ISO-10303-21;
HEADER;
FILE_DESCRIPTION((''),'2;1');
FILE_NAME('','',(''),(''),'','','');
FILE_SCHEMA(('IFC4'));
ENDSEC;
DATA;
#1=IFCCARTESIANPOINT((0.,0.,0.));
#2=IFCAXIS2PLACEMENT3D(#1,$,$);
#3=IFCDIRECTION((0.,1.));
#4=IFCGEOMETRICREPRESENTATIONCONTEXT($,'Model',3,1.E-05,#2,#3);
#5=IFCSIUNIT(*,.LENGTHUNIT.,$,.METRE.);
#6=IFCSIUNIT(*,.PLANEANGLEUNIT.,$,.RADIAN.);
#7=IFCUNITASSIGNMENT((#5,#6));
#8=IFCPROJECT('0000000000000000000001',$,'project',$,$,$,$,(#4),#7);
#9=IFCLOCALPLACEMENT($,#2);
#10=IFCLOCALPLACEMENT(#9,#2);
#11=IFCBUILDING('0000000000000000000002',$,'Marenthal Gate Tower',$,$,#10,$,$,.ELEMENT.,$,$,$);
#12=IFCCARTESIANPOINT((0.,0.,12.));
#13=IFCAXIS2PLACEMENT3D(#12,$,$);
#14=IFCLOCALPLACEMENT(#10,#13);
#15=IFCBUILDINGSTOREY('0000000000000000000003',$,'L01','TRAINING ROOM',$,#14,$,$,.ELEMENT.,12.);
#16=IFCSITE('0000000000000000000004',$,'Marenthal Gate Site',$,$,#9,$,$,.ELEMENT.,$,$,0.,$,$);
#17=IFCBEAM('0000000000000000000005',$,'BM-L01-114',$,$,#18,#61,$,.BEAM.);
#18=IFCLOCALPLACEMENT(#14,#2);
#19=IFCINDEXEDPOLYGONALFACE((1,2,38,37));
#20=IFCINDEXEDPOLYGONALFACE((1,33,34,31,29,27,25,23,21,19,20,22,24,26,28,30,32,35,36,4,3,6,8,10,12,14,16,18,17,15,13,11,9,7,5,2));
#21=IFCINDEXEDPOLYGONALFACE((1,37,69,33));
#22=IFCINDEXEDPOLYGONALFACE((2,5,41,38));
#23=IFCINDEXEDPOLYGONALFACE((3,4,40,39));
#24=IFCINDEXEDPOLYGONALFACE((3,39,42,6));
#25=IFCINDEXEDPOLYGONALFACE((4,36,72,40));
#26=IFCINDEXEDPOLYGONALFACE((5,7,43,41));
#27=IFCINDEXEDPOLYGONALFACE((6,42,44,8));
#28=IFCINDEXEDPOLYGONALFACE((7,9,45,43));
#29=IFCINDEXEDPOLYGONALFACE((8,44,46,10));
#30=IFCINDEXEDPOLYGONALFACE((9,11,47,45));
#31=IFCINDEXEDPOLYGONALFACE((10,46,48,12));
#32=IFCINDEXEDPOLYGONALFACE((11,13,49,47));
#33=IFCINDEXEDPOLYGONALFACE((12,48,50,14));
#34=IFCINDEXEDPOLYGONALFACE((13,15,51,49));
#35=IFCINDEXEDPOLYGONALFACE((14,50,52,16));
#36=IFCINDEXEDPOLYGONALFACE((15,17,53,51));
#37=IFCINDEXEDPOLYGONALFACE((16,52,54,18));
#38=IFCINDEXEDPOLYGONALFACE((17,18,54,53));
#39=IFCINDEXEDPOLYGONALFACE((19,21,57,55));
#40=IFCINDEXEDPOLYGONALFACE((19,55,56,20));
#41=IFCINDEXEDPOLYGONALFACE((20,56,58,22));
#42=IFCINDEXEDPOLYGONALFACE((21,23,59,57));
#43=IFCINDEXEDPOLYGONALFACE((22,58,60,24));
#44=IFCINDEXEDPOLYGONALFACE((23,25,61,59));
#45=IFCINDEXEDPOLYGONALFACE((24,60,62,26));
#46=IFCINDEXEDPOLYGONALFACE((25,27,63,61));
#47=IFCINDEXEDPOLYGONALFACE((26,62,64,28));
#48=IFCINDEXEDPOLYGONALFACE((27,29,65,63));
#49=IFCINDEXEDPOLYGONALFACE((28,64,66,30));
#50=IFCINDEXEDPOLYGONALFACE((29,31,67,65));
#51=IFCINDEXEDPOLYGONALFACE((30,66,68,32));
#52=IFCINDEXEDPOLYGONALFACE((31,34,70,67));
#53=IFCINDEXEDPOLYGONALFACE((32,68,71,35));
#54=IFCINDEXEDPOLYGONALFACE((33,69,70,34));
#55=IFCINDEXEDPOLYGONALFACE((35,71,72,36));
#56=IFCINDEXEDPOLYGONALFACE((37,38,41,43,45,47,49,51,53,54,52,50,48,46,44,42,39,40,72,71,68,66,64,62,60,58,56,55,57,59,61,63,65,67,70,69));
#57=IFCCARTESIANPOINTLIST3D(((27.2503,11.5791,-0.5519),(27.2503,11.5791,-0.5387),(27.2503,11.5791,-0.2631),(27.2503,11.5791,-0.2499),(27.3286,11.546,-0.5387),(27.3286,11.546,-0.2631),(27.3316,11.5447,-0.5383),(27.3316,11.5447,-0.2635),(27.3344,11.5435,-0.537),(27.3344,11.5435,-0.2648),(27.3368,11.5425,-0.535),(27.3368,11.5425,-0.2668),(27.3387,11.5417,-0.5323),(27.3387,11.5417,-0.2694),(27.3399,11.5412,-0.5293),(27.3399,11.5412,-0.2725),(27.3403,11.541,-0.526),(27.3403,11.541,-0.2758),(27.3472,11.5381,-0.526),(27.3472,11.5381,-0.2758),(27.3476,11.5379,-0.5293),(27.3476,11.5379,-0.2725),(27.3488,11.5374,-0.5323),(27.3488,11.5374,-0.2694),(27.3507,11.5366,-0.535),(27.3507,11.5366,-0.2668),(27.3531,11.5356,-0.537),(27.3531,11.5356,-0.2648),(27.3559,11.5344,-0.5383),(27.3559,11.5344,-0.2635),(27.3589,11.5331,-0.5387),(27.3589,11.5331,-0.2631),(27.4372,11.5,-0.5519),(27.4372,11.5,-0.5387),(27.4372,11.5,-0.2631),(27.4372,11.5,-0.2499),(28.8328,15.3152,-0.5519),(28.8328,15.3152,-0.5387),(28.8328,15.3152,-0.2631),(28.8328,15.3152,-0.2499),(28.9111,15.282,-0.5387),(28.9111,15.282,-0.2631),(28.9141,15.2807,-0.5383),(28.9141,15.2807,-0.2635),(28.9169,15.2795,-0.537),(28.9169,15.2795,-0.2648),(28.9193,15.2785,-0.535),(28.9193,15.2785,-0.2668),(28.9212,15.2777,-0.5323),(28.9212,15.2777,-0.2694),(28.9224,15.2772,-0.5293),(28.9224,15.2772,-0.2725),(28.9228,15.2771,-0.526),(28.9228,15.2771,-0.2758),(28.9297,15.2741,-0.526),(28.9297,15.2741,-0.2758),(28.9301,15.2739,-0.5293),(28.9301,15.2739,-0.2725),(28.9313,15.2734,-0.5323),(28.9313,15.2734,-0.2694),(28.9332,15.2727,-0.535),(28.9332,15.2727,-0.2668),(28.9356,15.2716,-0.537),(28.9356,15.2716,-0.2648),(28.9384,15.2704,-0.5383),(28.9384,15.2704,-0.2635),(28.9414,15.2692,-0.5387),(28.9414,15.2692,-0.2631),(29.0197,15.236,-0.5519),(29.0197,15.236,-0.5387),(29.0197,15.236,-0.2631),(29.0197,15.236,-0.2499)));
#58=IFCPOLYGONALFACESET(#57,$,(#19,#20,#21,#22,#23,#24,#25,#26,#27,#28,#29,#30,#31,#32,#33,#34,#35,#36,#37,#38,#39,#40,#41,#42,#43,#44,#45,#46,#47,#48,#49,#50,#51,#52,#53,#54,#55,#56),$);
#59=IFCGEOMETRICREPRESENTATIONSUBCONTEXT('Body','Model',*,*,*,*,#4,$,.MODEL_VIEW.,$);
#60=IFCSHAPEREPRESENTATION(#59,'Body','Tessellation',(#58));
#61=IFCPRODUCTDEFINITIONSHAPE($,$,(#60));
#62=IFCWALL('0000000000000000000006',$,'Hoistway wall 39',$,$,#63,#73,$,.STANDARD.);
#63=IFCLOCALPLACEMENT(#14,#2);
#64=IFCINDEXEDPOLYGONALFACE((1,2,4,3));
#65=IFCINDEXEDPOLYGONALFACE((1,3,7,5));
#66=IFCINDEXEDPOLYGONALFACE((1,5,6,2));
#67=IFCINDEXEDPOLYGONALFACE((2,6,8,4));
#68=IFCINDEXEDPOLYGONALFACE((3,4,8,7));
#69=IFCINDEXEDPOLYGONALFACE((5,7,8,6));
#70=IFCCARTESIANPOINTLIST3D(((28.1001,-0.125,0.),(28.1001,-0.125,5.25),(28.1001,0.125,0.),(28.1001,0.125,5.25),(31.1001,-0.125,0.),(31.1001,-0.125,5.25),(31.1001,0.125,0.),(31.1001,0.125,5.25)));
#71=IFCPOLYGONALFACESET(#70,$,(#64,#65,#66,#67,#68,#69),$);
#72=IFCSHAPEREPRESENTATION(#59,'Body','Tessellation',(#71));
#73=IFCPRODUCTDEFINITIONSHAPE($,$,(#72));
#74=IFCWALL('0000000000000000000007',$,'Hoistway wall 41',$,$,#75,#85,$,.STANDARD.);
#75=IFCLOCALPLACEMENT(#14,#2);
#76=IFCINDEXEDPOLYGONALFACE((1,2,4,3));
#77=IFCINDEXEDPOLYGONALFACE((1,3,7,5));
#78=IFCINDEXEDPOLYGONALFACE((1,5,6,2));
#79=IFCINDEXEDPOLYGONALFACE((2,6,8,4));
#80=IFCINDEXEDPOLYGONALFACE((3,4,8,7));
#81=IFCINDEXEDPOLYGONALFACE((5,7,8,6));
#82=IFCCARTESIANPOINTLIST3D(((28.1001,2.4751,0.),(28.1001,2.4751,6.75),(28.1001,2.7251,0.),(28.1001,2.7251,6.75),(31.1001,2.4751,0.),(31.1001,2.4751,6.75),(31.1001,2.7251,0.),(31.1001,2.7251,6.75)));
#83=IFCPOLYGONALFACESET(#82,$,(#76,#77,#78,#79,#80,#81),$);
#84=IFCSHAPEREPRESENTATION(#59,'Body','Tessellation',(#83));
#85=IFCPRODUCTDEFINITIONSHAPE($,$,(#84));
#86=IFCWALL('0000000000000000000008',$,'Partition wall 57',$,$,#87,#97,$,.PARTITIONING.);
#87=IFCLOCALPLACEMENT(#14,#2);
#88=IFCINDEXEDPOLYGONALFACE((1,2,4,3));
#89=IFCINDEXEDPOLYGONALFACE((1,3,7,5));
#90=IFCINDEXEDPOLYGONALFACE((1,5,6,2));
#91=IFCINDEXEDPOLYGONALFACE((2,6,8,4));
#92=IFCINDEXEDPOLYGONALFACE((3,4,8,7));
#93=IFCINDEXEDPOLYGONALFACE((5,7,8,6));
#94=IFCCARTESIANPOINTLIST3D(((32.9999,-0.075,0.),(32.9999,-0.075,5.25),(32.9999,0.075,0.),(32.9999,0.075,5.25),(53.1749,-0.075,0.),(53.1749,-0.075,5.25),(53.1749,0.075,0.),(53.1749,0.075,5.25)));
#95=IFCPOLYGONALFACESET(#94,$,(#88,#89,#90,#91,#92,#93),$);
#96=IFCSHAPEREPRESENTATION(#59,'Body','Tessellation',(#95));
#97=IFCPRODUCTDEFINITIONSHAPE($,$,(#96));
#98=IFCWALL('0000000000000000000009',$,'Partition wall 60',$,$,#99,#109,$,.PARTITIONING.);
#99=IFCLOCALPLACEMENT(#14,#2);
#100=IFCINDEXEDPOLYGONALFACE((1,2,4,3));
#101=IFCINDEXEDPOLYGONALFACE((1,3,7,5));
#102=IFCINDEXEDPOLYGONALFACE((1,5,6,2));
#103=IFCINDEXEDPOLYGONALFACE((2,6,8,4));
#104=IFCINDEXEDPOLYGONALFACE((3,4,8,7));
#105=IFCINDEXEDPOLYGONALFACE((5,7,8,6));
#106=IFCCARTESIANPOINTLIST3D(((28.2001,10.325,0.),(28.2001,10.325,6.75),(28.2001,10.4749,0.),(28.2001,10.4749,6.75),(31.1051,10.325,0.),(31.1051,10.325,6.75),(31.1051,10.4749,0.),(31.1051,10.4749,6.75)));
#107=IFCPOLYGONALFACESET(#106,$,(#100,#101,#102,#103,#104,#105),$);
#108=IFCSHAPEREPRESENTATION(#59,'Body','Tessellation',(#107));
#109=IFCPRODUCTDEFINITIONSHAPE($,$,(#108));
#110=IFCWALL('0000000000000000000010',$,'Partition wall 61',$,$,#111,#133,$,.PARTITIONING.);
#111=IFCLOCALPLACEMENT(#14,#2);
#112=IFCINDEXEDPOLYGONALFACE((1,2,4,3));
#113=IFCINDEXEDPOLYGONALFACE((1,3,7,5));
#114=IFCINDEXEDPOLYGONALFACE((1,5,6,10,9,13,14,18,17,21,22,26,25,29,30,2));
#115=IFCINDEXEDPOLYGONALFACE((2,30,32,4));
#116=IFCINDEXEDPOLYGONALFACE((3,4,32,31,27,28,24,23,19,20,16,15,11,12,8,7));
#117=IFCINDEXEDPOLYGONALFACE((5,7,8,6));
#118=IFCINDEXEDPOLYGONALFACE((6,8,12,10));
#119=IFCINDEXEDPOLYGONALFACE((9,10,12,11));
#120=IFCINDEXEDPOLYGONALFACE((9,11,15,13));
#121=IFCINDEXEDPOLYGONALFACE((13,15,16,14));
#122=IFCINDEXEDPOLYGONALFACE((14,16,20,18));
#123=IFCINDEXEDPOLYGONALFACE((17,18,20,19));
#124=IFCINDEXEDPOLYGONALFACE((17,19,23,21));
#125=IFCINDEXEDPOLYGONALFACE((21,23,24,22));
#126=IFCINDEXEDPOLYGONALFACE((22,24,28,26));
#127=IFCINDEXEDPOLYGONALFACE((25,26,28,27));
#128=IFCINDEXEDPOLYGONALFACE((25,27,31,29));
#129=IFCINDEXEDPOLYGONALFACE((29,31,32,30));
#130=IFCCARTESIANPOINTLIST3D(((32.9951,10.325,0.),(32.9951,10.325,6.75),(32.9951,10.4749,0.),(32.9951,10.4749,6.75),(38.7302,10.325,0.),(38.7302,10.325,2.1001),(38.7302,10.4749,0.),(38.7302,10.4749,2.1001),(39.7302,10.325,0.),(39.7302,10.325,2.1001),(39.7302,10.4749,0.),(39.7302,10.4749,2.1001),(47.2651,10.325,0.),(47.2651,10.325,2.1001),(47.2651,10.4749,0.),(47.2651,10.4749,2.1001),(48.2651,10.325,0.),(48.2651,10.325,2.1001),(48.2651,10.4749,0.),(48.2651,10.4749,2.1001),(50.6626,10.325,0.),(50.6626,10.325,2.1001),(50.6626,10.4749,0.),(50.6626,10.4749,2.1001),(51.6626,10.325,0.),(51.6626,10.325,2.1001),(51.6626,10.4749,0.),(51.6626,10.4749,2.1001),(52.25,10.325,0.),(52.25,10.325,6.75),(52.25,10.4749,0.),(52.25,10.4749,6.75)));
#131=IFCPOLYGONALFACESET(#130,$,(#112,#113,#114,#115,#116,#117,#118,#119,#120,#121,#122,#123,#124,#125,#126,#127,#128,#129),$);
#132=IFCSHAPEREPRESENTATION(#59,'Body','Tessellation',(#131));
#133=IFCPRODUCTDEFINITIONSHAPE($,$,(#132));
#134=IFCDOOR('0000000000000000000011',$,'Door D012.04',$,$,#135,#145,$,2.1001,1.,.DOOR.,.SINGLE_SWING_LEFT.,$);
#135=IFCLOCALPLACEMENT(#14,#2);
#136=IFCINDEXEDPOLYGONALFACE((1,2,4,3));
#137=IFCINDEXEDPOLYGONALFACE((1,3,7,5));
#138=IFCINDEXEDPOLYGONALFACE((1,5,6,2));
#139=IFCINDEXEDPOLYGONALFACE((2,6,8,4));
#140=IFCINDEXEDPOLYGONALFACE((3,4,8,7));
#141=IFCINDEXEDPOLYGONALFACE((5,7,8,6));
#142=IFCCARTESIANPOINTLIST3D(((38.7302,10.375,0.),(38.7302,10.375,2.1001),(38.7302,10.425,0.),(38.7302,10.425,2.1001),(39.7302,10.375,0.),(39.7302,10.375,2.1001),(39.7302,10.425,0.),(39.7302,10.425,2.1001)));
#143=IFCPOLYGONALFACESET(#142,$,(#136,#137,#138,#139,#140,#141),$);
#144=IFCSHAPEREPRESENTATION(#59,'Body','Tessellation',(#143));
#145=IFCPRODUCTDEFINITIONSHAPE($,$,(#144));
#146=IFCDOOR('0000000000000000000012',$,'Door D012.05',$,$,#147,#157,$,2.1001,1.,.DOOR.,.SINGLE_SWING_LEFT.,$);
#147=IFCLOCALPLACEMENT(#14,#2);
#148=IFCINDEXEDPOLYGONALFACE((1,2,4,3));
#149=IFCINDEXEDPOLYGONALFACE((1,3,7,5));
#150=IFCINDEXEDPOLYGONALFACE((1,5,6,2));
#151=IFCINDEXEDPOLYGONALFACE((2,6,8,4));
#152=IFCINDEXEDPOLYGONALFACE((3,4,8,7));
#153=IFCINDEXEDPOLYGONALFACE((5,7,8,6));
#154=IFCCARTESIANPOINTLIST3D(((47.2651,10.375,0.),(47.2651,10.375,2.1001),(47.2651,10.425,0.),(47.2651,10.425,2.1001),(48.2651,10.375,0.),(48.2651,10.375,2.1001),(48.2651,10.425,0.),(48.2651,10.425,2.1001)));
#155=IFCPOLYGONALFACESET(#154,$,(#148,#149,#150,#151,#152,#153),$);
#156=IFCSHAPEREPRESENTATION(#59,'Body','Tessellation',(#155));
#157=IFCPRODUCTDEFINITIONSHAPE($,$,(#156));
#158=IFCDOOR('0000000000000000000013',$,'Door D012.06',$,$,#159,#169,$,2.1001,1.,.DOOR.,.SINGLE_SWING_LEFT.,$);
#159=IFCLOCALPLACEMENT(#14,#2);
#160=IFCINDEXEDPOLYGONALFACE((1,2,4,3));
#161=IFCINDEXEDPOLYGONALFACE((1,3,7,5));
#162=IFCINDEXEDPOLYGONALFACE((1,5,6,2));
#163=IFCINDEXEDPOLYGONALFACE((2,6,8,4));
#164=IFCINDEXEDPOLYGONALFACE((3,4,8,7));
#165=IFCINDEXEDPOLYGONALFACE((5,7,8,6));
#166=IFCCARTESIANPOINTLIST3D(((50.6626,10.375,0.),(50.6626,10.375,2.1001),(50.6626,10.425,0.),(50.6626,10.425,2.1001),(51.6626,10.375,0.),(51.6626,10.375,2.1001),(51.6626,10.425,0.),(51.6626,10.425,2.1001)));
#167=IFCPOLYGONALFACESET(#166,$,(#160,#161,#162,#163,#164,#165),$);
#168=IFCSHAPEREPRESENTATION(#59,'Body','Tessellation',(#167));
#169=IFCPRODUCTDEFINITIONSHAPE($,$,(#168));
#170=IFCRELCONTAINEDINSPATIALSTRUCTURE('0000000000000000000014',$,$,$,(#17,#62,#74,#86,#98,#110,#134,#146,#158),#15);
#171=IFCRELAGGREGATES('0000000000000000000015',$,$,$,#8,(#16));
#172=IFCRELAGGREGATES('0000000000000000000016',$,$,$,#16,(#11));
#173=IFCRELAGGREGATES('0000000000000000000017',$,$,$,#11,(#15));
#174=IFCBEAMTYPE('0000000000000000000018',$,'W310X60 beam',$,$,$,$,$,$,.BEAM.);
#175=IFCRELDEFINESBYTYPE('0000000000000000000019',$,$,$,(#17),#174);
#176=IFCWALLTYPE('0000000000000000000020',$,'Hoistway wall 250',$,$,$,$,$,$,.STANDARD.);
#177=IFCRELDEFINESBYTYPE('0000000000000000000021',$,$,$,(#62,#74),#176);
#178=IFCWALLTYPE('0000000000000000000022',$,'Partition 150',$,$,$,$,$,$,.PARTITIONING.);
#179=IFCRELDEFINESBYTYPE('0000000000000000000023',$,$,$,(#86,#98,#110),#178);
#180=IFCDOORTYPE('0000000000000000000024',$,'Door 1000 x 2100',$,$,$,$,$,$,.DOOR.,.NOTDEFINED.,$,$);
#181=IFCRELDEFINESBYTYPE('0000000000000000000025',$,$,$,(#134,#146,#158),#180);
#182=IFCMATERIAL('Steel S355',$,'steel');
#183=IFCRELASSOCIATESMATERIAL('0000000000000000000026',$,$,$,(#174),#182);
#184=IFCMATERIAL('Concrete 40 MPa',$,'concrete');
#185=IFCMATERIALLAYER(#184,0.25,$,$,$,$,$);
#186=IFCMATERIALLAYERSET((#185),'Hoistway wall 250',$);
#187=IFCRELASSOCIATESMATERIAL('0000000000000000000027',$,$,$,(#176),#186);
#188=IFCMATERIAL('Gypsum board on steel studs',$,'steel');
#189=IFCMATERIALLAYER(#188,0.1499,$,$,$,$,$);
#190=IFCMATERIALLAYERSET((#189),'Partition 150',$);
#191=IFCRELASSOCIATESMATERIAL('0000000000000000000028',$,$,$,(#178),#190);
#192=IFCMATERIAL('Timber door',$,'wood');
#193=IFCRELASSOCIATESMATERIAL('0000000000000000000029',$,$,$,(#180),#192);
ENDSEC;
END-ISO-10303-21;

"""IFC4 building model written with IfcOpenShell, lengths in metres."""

from ifc_helpers import new_model, si_unit, direction, frame, frame_2d, origin, origin_2d, place, context, subcontext, project, spatial, rectangle, i_section, extrude, material, layer, layer_set, material_profile, profile_set, type_object, element, fill, save


model = new_model("IFC4")

# Units and contexts
model_context = context("Model", 3, precision=1e-05, world=origin(), true_north=direction((0.0, 1.0)))
body_context = subcontext(model_context, "Body", "Model", "MODEL_VIEW")
ifc_project = project(units=[si_unit("LENGTHUNIT", "METRE"), si_unit("PLANEANGLEUNIT", "RADIAN")], contexts=[model_context])

# Site, building, storey
site_placement = place(None, origin())
site = spatial("IfcSite", under=ifc_project, at=site_placement, Name="Marenthal Gate Site", CompositionType="ELEMENT", RefElevation=0.0)
building_placement = place(site_placement, origin())
building = spatial("IfcBuilding", under=site, at=building_placement, Name="Marenthal Gate Tower", CompositionType="ELEMENT")
storey_placement = place(building_placement, frame((0.0, 0.0, 12.0)))
storey = spatial("IfcBuildingStorey", under=building, at=storey_placement, Name="L01", Description="TRAINING ROOM", CompositionType="ELEMENT", Elevation=12.0)

# Beam
ifc_material_1 = material(Name="Steel S355", Category="steel")
ifc_material_profile_1 = material_profile(ifc_material_1, i_section(OverallWidth=0.2029, OverallDepth=0.302, WebThickness=0.0076, FlangeThickness=0.0132, FilletRadius=0.0127, at=origin_2d()), Name="W310X60")
ifc_profile_set_1 = profile_set([ifc_material_profile_1], Name="Steel S355")
beam_type_1 = type_object("IfcBeamType", Name="W310X60 beam", PredefinedType="BEAM", material=ifc_profile_set_1)
beam_1_placement = place(storey_placement, frame((27.3438, 11.5396, -0.4009), z_axis=(0.390031, 0.920802, 0.0), x_axis=(-0.920802, 0.390031, 0.0)))
element("IfcBeam", 1, at=beam_1_placement, inside=storey, type_object=beam_type_1, Name="BM-L01-114", PredefinedType="BEAM", context=body_context, shape_type="SweptSolid", body=[
    extrude(i_section(OverallWidth=0.2029, OverallDepth=0.302, WebThickness=0.0076, FlangeThickness=0.0132, FilletRadius=0.0127, at=origin_2d()), origin(), (0.0, 0.0, 1.0), 4.0574),
])

# Walls
ifc_material_2 = material(Name="Concrete 40 MPa", Category="concrete")
ifc_layer_1 = layer(ifc_material_2, 0.25)
ifc_layer_set_1 = layer_set([ifc_layer_1], Name="Hoistway wall 250")
wall_type_1 = type_object("IfcWallType", Name="Hoistway wall 250", PredefinedType="STANDARD", material=ifc_layer_set_1)
wall_1_placement = place(storey_placement, frame((28.1001, 0.0, 0.0), z_axis=(0.0, 0.0, 1.0), x_axis=(1.0, 0.0, 0.0)))
element("IfcWall", 2, at=wall_1_placement, inside=storey, type_object=wall_type_1, Name="Hoistway wall 39", PredefinedType="STANDARD", context=body_context, shape_type="SweptSolid", body=[
    extrude(rectangle(XDim=3.0, YDim=0.25, at=frame_2d((1.5, 0.0))), origin(), (0.0, 0.0, 1.0), 5.25),
])
wall_2_placement = place(storey_placement, frame((28.1001, 2.6001, 0.0), z_axis=(0.0, 0.0, 1.0), x_axis=(1.0, 0.0, 0.0)))
element("IfcWall", 3, at=wall_2_placement, inside=storey, type_object=wall_type_1, Name="Hoistway wall 41", PredefinedType="STANDARD", context=body_context, shape_type="SweptSolid", body=[
    extrude(rectangle(XDim=3.0, YDim=0.25, at=frame_2d((1.5, 0.0))), origin(), (0.0, 0.0, 1.0), 6.75),
])
ifc_material_3 = material(Name="Gypsum board on steel studs", Category="steel")
ifc_layer_2 = layer(ifc_material_3, 0.1499)
ifc_layer_set_2 = layer_set([ifc_layer_2], Name="Partition 150")
wall_type_2 = type_object("IfcWallType", Name="Partition 150", PredefinedType="PARTITIONING", material=ifc_layer_set_2)
wall_3_placement = place(storey_placement, frame((33.0, 0.0, 0.0), z_axis=(0.0, 0.0, 1.0), x_axis=(1.0, 0.0, 0.0)))
element("IfcWall", 4, at=wall_3_placement, inside=storey, type_object=wall_type_2, Name="Partition wall 57", PredefinedType="PARTITIONING", context=body_context, shape_type="SweptSolid", body=[
    extrude(rectangle(XDim=20.175, YDim=0.1499, at=frame_2d((10.0874, 0.0))), origin(), (0.0, 0.0, 1.0), 5.25),
])
wall_4_placement = place(storey_placement, frame((28.2, 10.3999, 0.0), z_axis=(0.0, 0.0, 1.0), x_axis=(1.0, 0.0, 0.0)))
element("IfcWall", 5, at=wall_4_placement, inside=storey, type_object=wall_type_2, Name="Partition wall 60", PredefinedType="PARTITIONING", context=body_context, shape_type="SweptSolid", body=[
    extrude(rectangle(XDim=2.905, YDim=0.1499, at=frame_2d((1.4526, 0.0))), origin(), (0.0, 0.0, 1.0), 6.75),
])

# Wall, openings, doors
wall_5_placement = place(storey_placement, frame((32.9951, 10.3999, 0.0), z_axis=(0.0, 0.0, 1.0), x_axis=(1.0, 0.0, 0.0)))
wall_5 = element("IfcWall", 6, at=wall_5_placement, inside=storey, type_object=wall_type_2, Name="Partition wall 61", PredefinedType="PARTITIONING", context=body_context, shape_type="SweptSolid", body=[
    extrude(rectangle(XDim=19.2549, YDim=0.1499, at=frame_2d((9.6274, 0.0))), origin(), (0.0, 0.0, 1.0), 6.75),
])
opening_1_placement = place(wall_5_placement, frame((5.7351, 0.0, 0.0)))
opening_1 = element("IfcOpeningElement", 7, at=opening_1_placement, cuts=wall_5, PredefinedType="OPENING", context=body_context, shape_type="SweptSolid", body=[
    extrude(rectangle(XDim=1.0, YDim=2.1001, at=frame_2d((0.5, 1.05))), frame((0.0, 0.085, 0.0), z_axis=(0.0, -1.0, 0.0), x_axis=(1.0, 0.0, 0.0)), (0.0, 0.0, 1.0), 0.1699),
])
opening_2_placement = place(wall_5_placement, frame((14.27, 0.0, 0.0)))
opening_2 = element("IfcOpeningElement", 8, at=opening_2_placement, cuts=wall_5, PredefinedType="OPENING", context=body_context, shape_type="SweptSolid", body=[
    extrude(rectangle(XDim=1.0, YDim=2.1001, at=frame_2d((0.5, 1.05))), frame((0.0, 0.085, 0.0), z_axis=(0.0, -1.0, 0.0), x_axis=(1.0, 0.0, 0.0)), (0.0, 0.0, 1.0), 0.1699),
])
opening_3_placement = place(wall_5_placement, frame((17.6675, 0.0, 0.0)))
opening_3 = element("IfcOpeningElement", 9, at=opening_3_placement, cuts=wall_5, PredefinedType="OPENING", context=body_context, shape_type="SweptSolid", body=[
    extrude(rectangle(XDim=1.0, YDim=2.1001, at=frame_2d((0.5, 1.05))), frame((0.0, 0.085, 0.0), z_axis=(0.0, -1.0, 0.0), x_axis=(1.0, 0.0, 0.0)), (0.0, 0.0, 1.0), 0.1699),
])
ifc_material_4 = material(Name="Timber door", Category="wood")
door_type = type_object("IfcDoorType", Name="Door 1000 x 2100", OperationType="NOTDEFINED", PredefinedType="DOOR", material=ifc_material_4)
door_1_placement = place(opening_1_placement, frame((1.0, 0.0, 0.0), z_axis=(0.0, 0.0, 1.0), x_axis=(-1.0, 0.0, 0.0)))
door_1 = element("IfcDoor", 10, at=door_1_placement, inside=storey, type_object=door_type, Name="Door D012.04", OperationType="SINGLE_SWING_LEFT", OverallHeight=2.1001, OverallWidth=1.0, PredefinedType="DOOR", context=body_context, shape_type="SweptSolid", body=[
    extrude(rectangle(XDim=1.0, YDim=2.1001, at=frame_2d((0.5, 1.05))), frame((0.0, 0.0249, 0.0), z_axis=(0.0, -1.0, 0.0), x_axis=(1.0, 0.0, 0.0)), (0.0, 0.0, 1.0), 0.05),
])
fill(opening_1, door_1)
door_2_placement = place(opening_2_placement, frame((1.0, 0.0, 0.0), z_axis=(0.0, 0.0, 1.0), x_axis=(-1.0, 0.0, 0.0)))
door_2 = element("IfcDoor", 11, at=door_2_placement, inside=storey, type_object=door_type, Name="Door D012.05", OperationType="SINGLE_SWING_LEFT", OverallHeight=2.1001, OverallWidth=1.0, PredefinedType="DOOR", context=body_context, shape_type="SweptSolid", body=[
    extrude(rectangle(XDim=1.0, YDim=2.1001, at=frame_2d((0.5, 1.05))), frame((0.0, 0.0249, 0.0), z_axis=(0.0, -1.0, 0.0), x_axis=(1.0, 0.0, 0.0)), (0.0, 0.0, 1.0), 0.05),
])
fill(opening_2, door_2)
door_3_placement = place(opening_3_placement, frame((1.0, 0.0, 0.0), z_axis=(0.0, 0.0, 1.0), x_axis=(-1.0, 0.0, 0.0)))
door_3 = element("IfcDoor", 12, at=door_3_placement, inside=storey, type_object=door_type, Name="Door D012.06", OperationType="SINGLE_SWING_LEFT", OverallHeight=2.1001, OverallWidth=1.0, PredefinedType="DOOR", context=body_context, shape_type="SweptSolid", body=[
    extrude(rectangle(XDim=1.0, YDim=2.1001, at=frame_2d((0.5, 1.05))), frame((0.0, 0.0249, 0.0), z_axis=(0.0, -1.0, 0.0), x_axis=(1.0, 0.0, 0.0)), (0.0, 0.0, 1.0), 0.05),
])
fill(opening_3, door_3)

save(model, "model.ifc")
